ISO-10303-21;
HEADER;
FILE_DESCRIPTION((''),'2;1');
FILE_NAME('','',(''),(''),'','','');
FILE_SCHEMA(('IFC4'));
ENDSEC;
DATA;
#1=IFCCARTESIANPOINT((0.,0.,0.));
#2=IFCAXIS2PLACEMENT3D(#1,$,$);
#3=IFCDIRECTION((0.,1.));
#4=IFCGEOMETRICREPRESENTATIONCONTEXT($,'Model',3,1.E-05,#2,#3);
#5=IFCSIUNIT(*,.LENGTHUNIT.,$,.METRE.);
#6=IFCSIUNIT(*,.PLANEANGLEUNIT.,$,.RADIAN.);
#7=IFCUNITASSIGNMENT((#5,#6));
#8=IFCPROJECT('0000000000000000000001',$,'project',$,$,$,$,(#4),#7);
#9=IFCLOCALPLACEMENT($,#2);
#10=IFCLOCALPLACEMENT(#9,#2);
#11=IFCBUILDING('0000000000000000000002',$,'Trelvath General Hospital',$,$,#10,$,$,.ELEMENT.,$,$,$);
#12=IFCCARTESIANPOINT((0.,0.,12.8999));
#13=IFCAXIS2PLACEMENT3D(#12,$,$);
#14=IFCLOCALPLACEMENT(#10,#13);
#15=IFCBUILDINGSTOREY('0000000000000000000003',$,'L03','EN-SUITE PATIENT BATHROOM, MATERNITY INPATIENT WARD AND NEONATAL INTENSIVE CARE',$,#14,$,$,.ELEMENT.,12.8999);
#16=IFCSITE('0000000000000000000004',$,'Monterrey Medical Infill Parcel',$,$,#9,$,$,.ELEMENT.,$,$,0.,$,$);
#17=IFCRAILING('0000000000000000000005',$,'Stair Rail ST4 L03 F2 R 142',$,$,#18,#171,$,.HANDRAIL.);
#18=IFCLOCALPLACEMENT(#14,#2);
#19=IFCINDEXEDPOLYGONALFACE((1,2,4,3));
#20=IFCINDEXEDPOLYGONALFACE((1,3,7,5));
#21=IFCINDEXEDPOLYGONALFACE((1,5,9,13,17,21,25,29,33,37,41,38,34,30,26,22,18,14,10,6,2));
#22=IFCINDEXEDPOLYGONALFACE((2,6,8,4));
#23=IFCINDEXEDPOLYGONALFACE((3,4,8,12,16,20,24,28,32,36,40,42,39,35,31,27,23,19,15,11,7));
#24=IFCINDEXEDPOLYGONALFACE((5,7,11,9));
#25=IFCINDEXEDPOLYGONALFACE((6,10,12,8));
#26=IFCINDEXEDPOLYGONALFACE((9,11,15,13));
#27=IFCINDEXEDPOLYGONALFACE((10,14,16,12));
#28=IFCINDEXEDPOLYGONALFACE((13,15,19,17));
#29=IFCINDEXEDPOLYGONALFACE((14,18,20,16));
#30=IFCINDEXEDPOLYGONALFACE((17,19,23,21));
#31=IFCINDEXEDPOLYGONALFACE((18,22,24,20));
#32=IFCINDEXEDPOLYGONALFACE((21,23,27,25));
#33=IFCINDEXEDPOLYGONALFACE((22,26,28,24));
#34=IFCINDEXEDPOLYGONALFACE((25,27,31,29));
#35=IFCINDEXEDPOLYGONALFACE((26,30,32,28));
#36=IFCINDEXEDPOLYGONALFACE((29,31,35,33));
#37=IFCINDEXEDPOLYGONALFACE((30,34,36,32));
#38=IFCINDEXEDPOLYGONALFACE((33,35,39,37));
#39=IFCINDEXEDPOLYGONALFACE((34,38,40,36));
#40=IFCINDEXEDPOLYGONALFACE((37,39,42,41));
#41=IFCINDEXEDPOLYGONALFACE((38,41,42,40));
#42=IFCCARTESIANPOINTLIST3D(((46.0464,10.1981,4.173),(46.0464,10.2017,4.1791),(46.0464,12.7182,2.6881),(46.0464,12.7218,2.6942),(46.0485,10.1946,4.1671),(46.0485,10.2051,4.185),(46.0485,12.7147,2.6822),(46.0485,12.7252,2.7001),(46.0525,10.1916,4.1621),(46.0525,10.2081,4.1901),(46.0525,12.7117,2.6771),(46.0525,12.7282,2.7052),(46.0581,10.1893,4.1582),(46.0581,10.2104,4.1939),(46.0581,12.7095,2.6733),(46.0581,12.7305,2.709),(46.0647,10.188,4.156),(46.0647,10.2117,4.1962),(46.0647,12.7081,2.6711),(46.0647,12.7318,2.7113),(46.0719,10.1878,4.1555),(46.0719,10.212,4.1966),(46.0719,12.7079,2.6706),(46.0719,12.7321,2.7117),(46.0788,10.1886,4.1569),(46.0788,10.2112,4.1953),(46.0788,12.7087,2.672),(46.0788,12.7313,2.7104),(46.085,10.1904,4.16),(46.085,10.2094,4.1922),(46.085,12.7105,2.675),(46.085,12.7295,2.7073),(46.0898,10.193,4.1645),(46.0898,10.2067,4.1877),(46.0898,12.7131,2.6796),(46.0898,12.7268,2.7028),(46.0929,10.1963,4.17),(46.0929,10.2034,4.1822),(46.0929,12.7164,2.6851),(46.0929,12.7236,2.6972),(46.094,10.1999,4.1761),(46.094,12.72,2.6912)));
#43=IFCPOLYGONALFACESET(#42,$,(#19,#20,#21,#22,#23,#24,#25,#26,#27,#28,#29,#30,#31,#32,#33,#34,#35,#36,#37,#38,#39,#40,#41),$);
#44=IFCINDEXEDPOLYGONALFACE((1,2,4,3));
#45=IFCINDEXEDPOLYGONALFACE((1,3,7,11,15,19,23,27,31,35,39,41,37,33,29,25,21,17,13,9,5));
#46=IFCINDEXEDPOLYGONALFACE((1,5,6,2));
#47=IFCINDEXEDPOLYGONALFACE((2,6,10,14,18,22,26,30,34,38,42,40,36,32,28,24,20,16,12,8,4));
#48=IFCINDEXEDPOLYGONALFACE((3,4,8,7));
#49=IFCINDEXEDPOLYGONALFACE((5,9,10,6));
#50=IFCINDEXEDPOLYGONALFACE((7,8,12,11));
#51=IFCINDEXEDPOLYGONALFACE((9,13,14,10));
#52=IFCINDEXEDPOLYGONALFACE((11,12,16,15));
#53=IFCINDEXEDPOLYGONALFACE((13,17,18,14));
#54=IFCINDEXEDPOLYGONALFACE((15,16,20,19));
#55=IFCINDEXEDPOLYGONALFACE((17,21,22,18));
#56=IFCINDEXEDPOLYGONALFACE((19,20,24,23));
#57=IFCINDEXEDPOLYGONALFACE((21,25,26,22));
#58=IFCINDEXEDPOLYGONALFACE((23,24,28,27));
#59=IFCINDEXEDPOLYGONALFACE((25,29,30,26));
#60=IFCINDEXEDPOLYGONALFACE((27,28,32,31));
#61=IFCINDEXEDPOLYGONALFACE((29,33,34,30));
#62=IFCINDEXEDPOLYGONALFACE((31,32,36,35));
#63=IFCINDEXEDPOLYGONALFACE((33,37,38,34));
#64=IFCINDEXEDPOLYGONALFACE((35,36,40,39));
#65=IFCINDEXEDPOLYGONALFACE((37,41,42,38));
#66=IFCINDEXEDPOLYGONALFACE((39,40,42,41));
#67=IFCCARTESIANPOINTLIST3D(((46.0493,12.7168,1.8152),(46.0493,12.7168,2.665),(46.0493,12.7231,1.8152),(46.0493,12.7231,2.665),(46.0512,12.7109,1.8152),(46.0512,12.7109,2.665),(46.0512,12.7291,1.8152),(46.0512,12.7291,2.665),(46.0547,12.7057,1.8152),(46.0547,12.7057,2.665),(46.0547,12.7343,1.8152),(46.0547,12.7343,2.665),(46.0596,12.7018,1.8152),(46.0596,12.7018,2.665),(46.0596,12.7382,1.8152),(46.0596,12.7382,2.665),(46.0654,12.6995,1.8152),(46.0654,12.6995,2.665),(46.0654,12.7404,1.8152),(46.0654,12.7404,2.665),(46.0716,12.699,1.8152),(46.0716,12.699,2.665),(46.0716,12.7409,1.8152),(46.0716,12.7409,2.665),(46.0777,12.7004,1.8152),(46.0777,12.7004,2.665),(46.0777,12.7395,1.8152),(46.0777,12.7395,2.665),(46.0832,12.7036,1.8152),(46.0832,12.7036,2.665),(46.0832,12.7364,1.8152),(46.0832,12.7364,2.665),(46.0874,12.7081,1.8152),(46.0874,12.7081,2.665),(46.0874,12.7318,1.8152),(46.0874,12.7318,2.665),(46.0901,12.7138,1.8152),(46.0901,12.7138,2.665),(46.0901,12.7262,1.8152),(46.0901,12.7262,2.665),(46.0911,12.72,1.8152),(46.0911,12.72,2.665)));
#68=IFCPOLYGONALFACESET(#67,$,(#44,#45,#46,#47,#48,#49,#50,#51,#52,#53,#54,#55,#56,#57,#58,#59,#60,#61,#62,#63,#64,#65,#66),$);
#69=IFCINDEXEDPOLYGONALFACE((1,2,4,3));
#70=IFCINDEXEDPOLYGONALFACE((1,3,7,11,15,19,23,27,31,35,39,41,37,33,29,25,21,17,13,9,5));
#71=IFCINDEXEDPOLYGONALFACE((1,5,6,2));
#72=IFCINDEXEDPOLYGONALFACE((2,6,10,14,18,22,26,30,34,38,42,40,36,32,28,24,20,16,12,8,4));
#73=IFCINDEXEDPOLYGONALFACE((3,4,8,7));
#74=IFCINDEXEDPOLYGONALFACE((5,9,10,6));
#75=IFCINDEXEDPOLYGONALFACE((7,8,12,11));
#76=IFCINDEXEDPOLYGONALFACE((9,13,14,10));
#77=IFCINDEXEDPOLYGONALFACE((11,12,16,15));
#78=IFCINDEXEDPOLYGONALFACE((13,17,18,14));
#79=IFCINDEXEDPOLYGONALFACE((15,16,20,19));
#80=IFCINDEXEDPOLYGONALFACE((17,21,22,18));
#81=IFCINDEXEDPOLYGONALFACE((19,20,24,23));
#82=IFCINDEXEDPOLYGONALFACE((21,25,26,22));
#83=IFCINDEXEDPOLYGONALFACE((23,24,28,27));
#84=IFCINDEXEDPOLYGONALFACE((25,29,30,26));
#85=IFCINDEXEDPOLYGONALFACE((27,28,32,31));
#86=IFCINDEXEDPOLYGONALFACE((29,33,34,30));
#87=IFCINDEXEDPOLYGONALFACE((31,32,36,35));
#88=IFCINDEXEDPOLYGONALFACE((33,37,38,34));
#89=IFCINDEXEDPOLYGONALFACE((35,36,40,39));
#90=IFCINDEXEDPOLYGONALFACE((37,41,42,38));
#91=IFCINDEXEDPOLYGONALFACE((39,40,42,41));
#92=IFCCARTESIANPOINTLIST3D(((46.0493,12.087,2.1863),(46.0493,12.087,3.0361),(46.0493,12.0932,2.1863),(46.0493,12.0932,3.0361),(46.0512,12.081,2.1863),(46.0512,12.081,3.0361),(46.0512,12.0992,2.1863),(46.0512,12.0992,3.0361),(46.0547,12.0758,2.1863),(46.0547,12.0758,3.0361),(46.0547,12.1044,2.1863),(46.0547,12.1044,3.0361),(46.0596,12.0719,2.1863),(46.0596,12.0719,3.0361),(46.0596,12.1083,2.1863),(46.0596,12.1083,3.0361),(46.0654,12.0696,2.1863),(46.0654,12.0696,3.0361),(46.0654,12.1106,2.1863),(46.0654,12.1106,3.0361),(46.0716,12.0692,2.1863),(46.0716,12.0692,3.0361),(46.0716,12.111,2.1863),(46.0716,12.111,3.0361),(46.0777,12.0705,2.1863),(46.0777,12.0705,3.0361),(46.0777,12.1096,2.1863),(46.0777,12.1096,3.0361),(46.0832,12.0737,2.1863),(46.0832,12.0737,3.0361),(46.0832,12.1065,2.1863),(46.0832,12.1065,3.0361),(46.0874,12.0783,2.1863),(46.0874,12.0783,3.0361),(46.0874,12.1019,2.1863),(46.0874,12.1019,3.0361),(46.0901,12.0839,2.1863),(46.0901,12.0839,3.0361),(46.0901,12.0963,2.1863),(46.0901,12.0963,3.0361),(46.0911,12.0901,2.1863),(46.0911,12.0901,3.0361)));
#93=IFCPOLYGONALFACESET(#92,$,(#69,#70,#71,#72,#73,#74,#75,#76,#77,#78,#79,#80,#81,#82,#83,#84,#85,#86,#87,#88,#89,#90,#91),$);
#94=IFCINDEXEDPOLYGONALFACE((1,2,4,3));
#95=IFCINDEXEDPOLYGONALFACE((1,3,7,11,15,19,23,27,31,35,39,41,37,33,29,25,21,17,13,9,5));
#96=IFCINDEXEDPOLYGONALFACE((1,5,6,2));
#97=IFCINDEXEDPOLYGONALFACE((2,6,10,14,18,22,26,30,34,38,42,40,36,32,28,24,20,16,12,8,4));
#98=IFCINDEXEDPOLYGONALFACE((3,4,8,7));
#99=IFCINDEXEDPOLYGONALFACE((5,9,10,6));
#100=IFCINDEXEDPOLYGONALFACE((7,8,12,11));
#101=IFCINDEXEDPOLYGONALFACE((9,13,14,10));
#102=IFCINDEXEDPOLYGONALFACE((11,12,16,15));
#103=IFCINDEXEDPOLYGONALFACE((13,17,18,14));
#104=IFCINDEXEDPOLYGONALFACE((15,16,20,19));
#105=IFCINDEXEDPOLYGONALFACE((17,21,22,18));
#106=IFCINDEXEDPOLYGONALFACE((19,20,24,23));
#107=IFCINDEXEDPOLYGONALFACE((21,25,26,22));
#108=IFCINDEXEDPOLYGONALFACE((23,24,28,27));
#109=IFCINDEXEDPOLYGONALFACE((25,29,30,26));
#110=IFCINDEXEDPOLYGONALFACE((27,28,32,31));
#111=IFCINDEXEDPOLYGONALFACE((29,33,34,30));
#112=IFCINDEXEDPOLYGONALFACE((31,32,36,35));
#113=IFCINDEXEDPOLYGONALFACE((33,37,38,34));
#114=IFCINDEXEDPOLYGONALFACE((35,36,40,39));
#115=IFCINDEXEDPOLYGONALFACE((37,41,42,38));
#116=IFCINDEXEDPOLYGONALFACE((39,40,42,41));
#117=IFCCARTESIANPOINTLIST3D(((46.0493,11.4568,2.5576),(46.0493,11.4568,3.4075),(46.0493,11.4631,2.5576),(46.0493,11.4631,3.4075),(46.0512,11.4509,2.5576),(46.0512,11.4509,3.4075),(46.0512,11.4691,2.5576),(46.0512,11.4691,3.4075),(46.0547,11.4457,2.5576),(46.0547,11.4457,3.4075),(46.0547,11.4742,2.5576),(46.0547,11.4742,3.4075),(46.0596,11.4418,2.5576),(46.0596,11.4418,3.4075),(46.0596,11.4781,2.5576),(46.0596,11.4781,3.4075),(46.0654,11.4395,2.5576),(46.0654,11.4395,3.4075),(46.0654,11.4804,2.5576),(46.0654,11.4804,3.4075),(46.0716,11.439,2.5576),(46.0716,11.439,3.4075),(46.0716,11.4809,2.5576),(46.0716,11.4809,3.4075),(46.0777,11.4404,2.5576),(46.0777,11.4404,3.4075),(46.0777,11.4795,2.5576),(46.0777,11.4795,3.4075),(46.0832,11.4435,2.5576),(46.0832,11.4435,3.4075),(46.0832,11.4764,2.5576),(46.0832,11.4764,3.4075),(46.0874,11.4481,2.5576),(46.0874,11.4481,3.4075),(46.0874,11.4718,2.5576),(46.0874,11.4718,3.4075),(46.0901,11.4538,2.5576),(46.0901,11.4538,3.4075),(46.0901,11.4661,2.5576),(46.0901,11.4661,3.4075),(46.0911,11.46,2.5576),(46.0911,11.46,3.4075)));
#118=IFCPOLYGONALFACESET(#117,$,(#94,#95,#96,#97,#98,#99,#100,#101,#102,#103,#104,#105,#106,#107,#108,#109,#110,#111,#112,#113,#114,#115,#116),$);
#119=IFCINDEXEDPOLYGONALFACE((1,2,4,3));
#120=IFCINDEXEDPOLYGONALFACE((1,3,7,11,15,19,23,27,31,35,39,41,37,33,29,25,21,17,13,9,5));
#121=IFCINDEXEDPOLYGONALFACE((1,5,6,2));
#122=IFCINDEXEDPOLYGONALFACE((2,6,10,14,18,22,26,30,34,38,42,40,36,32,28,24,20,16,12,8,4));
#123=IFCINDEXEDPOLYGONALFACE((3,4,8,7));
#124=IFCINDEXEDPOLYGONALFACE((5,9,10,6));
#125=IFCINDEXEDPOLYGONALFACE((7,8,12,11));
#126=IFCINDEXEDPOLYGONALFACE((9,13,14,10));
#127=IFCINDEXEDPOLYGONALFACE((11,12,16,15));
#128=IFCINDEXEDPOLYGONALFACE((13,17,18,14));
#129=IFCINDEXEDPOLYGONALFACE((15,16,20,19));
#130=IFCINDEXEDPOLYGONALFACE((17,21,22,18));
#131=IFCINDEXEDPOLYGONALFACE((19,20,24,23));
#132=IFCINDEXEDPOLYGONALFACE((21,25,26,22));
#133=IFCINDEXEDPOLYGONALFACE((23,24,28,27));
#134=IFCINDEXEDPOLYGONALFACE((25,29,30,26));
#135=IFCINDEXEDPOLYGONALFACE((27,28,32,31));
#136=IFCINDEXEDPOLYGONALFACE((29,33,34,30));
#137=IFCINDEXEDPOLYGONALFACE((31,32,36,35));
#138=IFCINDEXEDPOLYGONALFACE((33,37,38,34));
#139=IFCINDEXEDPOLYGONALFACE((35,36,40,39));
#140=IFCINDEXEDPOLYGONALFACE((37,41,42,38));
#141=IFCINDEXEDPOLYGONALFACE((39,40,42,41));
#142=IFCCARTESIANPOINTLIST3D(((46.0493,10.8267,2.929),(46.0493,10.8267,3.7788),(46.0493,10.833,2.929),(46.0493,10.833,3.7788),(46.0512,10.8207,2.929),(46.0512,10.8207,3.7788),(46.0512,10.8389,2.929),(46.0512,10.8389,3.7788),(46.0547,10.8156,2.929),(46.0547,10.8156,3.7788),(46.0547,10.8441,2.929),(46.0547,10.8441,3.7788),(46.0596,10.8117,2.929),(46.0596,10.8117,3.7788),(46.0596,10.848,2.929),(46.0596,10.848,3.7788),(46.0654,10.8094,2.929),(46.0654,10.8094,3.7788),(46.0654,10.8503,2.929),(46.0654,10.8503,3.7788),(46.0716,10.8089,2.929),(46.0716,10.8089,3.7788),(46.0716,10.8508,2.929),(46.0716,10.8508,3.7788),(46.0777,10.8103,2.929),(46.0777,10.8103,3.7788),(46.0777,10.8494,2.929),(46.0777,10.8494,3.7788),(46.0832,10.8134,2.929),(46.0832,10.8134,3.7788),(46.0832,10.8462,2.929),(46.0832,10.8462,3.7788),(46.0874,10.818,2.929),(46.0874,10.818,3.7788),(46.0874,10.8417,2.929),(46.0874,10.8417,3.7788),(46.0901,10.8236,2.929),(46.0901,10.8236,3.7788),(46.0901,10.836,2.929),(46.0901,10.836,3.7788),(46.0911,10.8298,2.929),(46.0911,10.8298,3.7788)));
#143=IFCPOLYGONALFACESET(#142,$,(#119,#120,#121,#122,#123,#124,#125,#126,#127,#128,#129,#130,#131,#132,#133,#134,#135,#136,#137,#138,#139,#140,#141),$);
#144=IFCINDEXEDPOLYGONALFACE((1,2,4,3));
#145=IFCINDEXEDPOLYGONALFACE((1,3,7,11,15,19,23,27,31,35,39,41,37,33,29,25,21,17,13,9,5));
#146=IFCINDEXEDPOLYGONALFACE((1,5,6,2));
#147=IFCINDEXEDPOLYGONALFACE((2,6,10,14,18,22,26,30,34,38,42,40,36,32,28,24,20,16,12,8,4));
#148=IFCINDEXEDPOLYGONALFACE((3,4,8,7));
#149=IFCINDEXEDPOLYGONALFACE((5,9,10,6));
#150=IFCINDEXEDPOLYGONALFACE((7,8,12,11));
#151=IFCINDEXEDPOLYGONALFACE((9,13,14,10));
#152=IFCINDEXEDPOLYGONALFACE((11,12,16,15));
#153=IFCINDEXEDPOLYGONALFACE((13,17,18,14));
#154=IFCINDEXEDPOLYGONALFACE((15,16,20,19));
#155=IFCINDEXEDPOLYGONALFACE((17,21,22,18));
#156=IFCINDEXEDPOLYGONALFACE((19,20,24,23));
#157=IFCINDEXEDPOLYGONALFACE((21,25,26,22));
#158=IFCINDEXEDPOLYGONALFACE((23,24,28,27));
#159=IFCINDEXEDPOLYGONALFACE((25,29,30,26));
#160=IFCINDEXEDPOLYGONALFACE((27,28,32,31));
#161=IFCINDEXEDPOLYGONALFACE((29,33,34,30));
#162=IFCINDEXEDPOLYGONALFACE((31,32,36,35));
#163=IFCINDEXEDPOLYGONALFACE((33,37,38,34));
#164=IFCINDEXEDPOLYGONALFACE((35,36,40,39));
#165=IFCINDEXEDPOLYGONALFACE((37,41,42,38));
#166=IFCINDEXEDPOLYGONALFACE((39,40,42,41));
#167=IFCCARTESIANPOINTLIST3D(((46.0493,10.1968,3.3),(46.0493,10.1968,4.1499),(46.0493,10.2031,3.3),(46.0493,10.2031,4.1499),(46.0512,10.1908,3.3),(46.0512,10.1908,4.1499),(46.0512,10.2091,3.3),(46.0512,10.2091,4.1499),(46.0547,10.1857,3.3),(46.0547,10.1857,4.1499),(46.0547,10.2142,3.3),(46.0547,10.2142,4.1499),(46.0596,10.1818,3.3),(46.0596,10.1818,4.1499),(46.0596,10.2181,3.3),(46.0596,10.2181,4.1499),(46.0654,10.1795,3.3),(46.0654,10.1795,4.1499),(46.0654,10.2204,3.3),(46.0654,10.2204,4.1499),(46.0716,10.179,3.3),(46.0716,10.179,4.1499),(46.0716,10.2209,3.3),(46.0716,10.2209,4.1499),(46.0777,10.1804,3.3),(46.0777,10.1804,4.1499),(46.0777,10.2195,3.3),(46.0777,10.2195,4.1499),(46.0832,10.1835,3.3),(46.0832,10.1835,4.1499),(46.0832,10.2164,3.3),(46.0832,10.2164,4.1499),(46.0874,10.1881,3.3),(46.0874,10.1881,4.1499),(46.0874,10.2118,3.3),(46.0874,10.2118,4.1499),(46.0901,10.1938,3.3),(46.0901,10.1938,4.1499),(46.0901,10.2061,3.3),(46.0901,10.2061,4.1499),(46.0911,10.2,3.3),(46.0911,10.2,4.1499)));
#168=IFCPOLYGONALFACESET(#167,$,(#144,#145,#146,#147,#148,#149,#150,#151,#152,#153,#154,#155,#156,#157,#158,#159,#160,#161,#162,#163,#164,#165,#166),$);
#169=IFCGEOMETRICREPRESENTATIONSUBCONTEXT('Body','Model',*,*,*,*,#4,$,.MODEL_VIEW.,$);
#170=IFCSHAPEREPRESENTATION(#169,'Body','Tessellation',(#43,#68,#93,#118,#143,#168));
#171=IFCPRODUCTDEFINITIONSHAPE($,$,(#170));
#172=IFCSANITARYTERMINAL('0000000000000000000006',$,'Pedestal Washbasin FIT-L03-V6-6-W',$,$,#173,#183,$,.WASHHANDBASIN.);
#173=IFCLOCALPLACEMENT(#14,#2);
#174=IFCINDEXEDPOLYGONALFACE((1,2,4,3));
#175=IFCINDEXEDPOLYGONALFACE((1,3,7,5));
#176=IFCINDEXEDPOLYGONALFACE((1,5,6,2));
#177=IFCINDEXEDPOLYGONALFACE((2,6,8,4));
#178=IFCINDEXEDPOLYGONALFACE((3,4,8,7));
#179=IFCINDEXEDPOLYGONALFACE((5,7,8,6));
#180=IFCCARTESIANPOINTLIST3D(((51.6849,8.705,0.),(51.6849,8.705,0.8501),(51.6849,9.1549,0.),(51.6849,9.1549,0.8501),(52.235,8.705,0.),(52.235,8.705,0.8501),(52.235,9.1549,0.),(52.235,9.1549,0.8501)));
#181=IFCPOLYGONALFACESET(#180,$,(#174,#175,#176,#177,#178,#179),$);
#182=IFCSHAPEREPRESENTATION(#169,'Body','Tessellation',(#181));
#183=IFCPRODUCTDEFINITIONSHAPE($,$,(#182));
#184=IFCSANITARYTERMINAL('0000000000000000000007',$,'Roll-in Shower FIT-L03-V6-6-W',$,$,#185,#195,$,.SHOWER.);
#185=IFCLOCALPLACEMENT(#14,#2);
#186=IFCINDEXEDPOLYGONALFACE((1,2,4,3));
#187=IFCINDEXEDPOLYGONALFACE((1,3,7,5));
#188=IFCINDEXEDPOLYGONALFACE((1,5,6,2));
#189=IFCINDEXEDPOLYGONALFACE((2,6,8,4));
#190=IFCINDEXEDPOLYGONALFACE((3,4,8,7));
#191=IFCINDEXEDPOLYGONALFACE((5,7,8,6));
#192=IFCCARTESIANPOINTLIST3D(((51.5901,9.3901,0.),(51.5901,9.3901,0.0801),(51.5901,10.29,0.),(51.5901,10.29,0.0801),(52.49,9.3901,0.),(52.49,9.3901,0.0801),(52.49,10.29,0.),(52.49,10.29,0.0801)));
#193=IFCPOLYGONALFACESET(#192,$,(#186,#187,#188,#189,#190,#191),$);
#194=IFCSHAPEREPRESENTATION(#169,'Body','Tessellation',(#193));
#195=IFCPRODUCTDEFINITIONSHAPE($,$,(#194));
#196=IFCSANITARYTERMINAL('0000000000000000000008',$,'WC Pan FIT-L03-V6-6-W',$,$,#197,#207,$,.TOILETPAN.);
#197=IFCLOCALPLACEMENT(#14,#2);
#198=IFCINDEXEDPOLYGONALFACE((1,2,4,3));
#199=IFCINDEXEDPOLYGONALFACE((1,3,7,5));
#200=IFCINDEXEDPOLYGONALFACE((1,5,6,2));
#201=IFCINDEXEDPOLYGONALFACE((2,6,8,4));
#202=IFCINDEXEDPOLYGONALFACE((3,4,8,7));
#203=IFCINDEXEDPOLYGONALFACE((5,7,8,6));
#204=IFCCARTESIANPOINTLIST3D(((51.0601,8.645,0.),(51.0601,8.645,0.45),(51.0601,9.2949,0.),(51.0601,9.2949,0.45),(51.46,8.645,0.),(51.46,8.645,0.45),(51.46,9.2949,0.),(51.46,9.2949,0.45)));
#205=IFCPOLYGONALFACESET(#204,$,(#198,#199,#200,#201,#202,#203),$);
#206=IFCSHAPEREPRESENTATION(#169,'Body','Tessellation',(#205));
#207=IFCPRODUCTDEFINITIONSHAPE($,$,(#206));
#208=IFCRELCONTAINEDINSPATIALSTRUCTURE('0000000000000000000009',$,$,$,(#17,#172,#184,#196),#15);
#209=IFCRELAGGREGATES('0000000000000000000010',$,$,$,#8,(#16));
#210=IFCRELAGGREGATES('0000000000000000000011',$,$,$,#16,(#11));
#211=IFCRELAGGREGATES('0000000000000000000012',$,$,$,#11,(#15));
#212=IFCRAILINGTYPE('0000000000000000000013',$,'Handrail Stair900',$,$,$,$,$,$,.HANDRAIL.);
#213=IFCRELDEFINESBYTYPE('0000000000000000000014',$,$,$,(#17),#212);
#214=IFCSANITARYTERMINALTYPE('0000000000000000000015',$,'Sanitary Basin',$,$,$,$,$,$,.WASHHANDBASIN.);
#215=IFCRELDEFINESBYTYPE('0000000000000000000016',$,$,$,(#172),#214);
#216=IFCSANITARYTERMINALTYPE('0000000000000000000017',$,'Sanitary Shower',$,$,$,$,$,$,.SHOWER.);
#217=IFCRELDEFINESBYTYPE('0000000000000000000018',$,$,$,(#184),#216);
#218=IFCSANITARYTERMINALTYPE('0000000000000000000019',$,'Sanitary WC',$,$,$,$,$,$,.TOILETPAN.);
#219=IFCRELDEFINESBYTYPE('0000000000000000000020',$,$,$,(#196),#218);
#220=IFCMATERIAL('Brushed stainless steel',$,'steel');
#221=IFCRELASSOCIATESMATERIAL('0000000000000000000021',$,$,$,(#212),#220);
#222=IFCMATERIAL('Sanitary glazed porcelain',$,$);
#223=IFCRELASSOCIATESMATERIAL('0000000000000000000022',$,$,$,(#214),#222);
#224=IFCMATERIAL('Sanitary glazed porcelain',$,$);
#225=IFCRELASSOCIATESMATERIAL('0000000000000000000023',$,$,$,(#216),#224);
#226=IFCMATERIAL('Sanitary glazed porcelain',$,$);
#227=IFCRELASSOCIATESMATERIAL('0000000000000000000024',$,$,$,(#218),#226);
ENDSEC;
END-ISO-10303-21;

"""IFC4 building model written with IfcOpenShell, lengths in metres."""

from ifc_helpers import new_model, si_unit, direction, frame, origin, origin_2d, place, context, subcontext, project, spatial, rectangle, circle, extrude, material, type_object, element, save


model = new_model("IFC4")

# Units and contexts
model_context = context("Model", 3, precision=1e-05, world=origin(), true_north=direction((0.0, 1.0)))
body_context = subcontext(model_context, "Body", "Model", "MODEL_VIEW")
ifc_project = project(units=[si_unit("LENGTHUNIT", "METRE"), si_unit("PLANEANGLEUNIT", "RADIAN")], contexts=[model_context])

# Site, building, storey
site_placement = place(None, origin())
site = spatial("IfcSite", under=ifc_project, at=site_placement, Name="Monterrey Medical Infill Parcel", CompositionType="ELEMENT", RefElevation=0.0)
building_placement = place(site_placement, origin())
building = spatial("IfcBuilding", under=site, at=building_placement, Name="Trelvath General Hospital", CompositionType="ELEMENT")
storey_placement = place(building_placement, frame((0.0, 0.0, 12.8999)))
storey = spatial("IfcBuildingStorey", under=building, at=storey_placement, Name="L03", Description="EN-SUITE PATIENT BATHROOM, MATERNITY INPATIENT WARD AND NEONATAL INTENSIVE CARE", CompositionType="ELEMENT", Elevation=12.8999)

# Railing
ifc_material_1 = material(Name="Brushed stainless steel", Category="steel")
railing_type = type_object("IfcRailingType", Name="Handrail Stair900", PredefinedType="HANDRAIL", material=ifc_material_1)
railing_placement = place(storey_placement, frame((46.0701, 12.72, 1.8152)))
element("IfcRailing", 1, at=railing_placement, inside=storey, type_object=railing_type, Name="Stair Rail ST4 L03 F2 R 142", PredefinedType="HANDRAIL", context=body_context, shape_type="SweptSolid", body=[
    extrude(circle(Radius=0.0239, at=origin_2d()), frame((0.0, 0.0, 0.876), z_axis=(0.0, -0.861561, 0.507655), x_axis=(1.0, 0.0, 0.0)), (0.0, 0.0, 1.0), 2.925),
    extrude(circle(Radius=0.021, at=origin_2d()), origin(), (0.0, 0.0, 1.0), 0.8499),
    extrude(circle(Radius=0.021, at=origin_2d()), frame((0.0, -0.6299, 0.3711)), (0.0, 0.0, 1.0), 0.8499),
    extrude(circle(Radius=0.021, at=origin_2d()), frame((0.0, -1.26, 0.7424)), (0.0, 0.0, 1.0), 0.8499),
    extrude(circle(Radius=0.021, at=origin_2d()), frame((0.0, -1.8901, 1.1138)), (0.0, 0.0, 1.0), 0.8499),
    extrude(circle(Radius=0.021, at=origin_2d()), frame((0.0, -2.52, 1.4849)), (0.0, 0.0, 1.0), 0.8499),
])

# Sanitary terminals
ifc_material_2 = material(Name="Sanitary glazed porcelain")
sanitary_terminal_type_1 = type_object("IfcSanitaryTerminalType", Name="Sanitary Basin", PredefinedType="WASHHANDBASIN", material=ifc_material_2)
sanitary_terminal_1_placement = place(storey_placement, frame((51.96, 8.9299, 0.0), z_axis=(0.0, 0.0, 1.0), x_axis=(1.0, 0.0, 0.0)))
element("IfcSanitaryTerminal", 2, at=sanitary_terminal_1_placement, inside=storey, type_object=sanitary_terminal_type_1, Name="Pedestal Washbasin FIT-L03-V6-6-W", PredefinedType="WASHHANDBASIN", context=body_context, shape_type="SweptSolid", body=[
    extrude(rectangle(XDim=0.55, YDim=0.45, at=origin_2d()), origin(), (0.0, 0.0, 1.0), 0.8501),
])
ifc_material_3 = material(Name="Sanitary glazed porcelain")
sanitary_terminal_type_2 = type_object("IfcSanitaryTerminalType", Name="Sanitary Shower", PredefinedType="SHOWER", material=ifc_material_3)
sanitary_terminal_2_placement = place(storey_placement, frame((52.04, 9.8401, 0.0), z_axis=(0.0, 0.0, 1.0), x_axis=(1.0, 0.0, 0.0)))
element("IfcSanitaryTerminal", 3, at=sanitary_terminal_2_placement, inside=storey, type_object=sanitary_terminal_type_2, Name="Roll-in Shower FIT-L03-V6-6-W", PredefinedType="SHOWER", context=body_context, shape_type="SweptSolid", body=[
    extrude(rectangle(XDim=0.8999, YDim=0.8999, at=origin_2d()), origin(), (0.0, 0.0, 1.0), 0.0801),
])
ifc_material_4 = material(Name="Sanitary glazed porcelain")
sanitary_terminal_type_3 = type_object("IfcSanitaryTerminalType", Name="Sanitary WC", PredefinedType="TOILETPAN", material=ifc_material_4)
sanitary_terminal_3_placement = place(storey_placement, frame((51.26, 8.97, 0.0), z_axis=(0.0, 0.0, 1.0), x_axis=(1.0, 0.0, 0.0)))
element("IfcSanitaryTerminal", 4, at=sanitary_terminal_3_placement, inside=storey, type_object=sanitary_terminal_type_3, Name="WC Pan FIT-L03-V6-6-W", PredefinedType="TOILETPAN", context=body_context, shape_type="SweptSolid", body=[
    extrude(rectangle(XDim=0.3999, YDim=0.6499, at=origin_2d()), origin(), (0.0, 0.0, 1.0), 0.45),
])

save(model, "model.ifc")
